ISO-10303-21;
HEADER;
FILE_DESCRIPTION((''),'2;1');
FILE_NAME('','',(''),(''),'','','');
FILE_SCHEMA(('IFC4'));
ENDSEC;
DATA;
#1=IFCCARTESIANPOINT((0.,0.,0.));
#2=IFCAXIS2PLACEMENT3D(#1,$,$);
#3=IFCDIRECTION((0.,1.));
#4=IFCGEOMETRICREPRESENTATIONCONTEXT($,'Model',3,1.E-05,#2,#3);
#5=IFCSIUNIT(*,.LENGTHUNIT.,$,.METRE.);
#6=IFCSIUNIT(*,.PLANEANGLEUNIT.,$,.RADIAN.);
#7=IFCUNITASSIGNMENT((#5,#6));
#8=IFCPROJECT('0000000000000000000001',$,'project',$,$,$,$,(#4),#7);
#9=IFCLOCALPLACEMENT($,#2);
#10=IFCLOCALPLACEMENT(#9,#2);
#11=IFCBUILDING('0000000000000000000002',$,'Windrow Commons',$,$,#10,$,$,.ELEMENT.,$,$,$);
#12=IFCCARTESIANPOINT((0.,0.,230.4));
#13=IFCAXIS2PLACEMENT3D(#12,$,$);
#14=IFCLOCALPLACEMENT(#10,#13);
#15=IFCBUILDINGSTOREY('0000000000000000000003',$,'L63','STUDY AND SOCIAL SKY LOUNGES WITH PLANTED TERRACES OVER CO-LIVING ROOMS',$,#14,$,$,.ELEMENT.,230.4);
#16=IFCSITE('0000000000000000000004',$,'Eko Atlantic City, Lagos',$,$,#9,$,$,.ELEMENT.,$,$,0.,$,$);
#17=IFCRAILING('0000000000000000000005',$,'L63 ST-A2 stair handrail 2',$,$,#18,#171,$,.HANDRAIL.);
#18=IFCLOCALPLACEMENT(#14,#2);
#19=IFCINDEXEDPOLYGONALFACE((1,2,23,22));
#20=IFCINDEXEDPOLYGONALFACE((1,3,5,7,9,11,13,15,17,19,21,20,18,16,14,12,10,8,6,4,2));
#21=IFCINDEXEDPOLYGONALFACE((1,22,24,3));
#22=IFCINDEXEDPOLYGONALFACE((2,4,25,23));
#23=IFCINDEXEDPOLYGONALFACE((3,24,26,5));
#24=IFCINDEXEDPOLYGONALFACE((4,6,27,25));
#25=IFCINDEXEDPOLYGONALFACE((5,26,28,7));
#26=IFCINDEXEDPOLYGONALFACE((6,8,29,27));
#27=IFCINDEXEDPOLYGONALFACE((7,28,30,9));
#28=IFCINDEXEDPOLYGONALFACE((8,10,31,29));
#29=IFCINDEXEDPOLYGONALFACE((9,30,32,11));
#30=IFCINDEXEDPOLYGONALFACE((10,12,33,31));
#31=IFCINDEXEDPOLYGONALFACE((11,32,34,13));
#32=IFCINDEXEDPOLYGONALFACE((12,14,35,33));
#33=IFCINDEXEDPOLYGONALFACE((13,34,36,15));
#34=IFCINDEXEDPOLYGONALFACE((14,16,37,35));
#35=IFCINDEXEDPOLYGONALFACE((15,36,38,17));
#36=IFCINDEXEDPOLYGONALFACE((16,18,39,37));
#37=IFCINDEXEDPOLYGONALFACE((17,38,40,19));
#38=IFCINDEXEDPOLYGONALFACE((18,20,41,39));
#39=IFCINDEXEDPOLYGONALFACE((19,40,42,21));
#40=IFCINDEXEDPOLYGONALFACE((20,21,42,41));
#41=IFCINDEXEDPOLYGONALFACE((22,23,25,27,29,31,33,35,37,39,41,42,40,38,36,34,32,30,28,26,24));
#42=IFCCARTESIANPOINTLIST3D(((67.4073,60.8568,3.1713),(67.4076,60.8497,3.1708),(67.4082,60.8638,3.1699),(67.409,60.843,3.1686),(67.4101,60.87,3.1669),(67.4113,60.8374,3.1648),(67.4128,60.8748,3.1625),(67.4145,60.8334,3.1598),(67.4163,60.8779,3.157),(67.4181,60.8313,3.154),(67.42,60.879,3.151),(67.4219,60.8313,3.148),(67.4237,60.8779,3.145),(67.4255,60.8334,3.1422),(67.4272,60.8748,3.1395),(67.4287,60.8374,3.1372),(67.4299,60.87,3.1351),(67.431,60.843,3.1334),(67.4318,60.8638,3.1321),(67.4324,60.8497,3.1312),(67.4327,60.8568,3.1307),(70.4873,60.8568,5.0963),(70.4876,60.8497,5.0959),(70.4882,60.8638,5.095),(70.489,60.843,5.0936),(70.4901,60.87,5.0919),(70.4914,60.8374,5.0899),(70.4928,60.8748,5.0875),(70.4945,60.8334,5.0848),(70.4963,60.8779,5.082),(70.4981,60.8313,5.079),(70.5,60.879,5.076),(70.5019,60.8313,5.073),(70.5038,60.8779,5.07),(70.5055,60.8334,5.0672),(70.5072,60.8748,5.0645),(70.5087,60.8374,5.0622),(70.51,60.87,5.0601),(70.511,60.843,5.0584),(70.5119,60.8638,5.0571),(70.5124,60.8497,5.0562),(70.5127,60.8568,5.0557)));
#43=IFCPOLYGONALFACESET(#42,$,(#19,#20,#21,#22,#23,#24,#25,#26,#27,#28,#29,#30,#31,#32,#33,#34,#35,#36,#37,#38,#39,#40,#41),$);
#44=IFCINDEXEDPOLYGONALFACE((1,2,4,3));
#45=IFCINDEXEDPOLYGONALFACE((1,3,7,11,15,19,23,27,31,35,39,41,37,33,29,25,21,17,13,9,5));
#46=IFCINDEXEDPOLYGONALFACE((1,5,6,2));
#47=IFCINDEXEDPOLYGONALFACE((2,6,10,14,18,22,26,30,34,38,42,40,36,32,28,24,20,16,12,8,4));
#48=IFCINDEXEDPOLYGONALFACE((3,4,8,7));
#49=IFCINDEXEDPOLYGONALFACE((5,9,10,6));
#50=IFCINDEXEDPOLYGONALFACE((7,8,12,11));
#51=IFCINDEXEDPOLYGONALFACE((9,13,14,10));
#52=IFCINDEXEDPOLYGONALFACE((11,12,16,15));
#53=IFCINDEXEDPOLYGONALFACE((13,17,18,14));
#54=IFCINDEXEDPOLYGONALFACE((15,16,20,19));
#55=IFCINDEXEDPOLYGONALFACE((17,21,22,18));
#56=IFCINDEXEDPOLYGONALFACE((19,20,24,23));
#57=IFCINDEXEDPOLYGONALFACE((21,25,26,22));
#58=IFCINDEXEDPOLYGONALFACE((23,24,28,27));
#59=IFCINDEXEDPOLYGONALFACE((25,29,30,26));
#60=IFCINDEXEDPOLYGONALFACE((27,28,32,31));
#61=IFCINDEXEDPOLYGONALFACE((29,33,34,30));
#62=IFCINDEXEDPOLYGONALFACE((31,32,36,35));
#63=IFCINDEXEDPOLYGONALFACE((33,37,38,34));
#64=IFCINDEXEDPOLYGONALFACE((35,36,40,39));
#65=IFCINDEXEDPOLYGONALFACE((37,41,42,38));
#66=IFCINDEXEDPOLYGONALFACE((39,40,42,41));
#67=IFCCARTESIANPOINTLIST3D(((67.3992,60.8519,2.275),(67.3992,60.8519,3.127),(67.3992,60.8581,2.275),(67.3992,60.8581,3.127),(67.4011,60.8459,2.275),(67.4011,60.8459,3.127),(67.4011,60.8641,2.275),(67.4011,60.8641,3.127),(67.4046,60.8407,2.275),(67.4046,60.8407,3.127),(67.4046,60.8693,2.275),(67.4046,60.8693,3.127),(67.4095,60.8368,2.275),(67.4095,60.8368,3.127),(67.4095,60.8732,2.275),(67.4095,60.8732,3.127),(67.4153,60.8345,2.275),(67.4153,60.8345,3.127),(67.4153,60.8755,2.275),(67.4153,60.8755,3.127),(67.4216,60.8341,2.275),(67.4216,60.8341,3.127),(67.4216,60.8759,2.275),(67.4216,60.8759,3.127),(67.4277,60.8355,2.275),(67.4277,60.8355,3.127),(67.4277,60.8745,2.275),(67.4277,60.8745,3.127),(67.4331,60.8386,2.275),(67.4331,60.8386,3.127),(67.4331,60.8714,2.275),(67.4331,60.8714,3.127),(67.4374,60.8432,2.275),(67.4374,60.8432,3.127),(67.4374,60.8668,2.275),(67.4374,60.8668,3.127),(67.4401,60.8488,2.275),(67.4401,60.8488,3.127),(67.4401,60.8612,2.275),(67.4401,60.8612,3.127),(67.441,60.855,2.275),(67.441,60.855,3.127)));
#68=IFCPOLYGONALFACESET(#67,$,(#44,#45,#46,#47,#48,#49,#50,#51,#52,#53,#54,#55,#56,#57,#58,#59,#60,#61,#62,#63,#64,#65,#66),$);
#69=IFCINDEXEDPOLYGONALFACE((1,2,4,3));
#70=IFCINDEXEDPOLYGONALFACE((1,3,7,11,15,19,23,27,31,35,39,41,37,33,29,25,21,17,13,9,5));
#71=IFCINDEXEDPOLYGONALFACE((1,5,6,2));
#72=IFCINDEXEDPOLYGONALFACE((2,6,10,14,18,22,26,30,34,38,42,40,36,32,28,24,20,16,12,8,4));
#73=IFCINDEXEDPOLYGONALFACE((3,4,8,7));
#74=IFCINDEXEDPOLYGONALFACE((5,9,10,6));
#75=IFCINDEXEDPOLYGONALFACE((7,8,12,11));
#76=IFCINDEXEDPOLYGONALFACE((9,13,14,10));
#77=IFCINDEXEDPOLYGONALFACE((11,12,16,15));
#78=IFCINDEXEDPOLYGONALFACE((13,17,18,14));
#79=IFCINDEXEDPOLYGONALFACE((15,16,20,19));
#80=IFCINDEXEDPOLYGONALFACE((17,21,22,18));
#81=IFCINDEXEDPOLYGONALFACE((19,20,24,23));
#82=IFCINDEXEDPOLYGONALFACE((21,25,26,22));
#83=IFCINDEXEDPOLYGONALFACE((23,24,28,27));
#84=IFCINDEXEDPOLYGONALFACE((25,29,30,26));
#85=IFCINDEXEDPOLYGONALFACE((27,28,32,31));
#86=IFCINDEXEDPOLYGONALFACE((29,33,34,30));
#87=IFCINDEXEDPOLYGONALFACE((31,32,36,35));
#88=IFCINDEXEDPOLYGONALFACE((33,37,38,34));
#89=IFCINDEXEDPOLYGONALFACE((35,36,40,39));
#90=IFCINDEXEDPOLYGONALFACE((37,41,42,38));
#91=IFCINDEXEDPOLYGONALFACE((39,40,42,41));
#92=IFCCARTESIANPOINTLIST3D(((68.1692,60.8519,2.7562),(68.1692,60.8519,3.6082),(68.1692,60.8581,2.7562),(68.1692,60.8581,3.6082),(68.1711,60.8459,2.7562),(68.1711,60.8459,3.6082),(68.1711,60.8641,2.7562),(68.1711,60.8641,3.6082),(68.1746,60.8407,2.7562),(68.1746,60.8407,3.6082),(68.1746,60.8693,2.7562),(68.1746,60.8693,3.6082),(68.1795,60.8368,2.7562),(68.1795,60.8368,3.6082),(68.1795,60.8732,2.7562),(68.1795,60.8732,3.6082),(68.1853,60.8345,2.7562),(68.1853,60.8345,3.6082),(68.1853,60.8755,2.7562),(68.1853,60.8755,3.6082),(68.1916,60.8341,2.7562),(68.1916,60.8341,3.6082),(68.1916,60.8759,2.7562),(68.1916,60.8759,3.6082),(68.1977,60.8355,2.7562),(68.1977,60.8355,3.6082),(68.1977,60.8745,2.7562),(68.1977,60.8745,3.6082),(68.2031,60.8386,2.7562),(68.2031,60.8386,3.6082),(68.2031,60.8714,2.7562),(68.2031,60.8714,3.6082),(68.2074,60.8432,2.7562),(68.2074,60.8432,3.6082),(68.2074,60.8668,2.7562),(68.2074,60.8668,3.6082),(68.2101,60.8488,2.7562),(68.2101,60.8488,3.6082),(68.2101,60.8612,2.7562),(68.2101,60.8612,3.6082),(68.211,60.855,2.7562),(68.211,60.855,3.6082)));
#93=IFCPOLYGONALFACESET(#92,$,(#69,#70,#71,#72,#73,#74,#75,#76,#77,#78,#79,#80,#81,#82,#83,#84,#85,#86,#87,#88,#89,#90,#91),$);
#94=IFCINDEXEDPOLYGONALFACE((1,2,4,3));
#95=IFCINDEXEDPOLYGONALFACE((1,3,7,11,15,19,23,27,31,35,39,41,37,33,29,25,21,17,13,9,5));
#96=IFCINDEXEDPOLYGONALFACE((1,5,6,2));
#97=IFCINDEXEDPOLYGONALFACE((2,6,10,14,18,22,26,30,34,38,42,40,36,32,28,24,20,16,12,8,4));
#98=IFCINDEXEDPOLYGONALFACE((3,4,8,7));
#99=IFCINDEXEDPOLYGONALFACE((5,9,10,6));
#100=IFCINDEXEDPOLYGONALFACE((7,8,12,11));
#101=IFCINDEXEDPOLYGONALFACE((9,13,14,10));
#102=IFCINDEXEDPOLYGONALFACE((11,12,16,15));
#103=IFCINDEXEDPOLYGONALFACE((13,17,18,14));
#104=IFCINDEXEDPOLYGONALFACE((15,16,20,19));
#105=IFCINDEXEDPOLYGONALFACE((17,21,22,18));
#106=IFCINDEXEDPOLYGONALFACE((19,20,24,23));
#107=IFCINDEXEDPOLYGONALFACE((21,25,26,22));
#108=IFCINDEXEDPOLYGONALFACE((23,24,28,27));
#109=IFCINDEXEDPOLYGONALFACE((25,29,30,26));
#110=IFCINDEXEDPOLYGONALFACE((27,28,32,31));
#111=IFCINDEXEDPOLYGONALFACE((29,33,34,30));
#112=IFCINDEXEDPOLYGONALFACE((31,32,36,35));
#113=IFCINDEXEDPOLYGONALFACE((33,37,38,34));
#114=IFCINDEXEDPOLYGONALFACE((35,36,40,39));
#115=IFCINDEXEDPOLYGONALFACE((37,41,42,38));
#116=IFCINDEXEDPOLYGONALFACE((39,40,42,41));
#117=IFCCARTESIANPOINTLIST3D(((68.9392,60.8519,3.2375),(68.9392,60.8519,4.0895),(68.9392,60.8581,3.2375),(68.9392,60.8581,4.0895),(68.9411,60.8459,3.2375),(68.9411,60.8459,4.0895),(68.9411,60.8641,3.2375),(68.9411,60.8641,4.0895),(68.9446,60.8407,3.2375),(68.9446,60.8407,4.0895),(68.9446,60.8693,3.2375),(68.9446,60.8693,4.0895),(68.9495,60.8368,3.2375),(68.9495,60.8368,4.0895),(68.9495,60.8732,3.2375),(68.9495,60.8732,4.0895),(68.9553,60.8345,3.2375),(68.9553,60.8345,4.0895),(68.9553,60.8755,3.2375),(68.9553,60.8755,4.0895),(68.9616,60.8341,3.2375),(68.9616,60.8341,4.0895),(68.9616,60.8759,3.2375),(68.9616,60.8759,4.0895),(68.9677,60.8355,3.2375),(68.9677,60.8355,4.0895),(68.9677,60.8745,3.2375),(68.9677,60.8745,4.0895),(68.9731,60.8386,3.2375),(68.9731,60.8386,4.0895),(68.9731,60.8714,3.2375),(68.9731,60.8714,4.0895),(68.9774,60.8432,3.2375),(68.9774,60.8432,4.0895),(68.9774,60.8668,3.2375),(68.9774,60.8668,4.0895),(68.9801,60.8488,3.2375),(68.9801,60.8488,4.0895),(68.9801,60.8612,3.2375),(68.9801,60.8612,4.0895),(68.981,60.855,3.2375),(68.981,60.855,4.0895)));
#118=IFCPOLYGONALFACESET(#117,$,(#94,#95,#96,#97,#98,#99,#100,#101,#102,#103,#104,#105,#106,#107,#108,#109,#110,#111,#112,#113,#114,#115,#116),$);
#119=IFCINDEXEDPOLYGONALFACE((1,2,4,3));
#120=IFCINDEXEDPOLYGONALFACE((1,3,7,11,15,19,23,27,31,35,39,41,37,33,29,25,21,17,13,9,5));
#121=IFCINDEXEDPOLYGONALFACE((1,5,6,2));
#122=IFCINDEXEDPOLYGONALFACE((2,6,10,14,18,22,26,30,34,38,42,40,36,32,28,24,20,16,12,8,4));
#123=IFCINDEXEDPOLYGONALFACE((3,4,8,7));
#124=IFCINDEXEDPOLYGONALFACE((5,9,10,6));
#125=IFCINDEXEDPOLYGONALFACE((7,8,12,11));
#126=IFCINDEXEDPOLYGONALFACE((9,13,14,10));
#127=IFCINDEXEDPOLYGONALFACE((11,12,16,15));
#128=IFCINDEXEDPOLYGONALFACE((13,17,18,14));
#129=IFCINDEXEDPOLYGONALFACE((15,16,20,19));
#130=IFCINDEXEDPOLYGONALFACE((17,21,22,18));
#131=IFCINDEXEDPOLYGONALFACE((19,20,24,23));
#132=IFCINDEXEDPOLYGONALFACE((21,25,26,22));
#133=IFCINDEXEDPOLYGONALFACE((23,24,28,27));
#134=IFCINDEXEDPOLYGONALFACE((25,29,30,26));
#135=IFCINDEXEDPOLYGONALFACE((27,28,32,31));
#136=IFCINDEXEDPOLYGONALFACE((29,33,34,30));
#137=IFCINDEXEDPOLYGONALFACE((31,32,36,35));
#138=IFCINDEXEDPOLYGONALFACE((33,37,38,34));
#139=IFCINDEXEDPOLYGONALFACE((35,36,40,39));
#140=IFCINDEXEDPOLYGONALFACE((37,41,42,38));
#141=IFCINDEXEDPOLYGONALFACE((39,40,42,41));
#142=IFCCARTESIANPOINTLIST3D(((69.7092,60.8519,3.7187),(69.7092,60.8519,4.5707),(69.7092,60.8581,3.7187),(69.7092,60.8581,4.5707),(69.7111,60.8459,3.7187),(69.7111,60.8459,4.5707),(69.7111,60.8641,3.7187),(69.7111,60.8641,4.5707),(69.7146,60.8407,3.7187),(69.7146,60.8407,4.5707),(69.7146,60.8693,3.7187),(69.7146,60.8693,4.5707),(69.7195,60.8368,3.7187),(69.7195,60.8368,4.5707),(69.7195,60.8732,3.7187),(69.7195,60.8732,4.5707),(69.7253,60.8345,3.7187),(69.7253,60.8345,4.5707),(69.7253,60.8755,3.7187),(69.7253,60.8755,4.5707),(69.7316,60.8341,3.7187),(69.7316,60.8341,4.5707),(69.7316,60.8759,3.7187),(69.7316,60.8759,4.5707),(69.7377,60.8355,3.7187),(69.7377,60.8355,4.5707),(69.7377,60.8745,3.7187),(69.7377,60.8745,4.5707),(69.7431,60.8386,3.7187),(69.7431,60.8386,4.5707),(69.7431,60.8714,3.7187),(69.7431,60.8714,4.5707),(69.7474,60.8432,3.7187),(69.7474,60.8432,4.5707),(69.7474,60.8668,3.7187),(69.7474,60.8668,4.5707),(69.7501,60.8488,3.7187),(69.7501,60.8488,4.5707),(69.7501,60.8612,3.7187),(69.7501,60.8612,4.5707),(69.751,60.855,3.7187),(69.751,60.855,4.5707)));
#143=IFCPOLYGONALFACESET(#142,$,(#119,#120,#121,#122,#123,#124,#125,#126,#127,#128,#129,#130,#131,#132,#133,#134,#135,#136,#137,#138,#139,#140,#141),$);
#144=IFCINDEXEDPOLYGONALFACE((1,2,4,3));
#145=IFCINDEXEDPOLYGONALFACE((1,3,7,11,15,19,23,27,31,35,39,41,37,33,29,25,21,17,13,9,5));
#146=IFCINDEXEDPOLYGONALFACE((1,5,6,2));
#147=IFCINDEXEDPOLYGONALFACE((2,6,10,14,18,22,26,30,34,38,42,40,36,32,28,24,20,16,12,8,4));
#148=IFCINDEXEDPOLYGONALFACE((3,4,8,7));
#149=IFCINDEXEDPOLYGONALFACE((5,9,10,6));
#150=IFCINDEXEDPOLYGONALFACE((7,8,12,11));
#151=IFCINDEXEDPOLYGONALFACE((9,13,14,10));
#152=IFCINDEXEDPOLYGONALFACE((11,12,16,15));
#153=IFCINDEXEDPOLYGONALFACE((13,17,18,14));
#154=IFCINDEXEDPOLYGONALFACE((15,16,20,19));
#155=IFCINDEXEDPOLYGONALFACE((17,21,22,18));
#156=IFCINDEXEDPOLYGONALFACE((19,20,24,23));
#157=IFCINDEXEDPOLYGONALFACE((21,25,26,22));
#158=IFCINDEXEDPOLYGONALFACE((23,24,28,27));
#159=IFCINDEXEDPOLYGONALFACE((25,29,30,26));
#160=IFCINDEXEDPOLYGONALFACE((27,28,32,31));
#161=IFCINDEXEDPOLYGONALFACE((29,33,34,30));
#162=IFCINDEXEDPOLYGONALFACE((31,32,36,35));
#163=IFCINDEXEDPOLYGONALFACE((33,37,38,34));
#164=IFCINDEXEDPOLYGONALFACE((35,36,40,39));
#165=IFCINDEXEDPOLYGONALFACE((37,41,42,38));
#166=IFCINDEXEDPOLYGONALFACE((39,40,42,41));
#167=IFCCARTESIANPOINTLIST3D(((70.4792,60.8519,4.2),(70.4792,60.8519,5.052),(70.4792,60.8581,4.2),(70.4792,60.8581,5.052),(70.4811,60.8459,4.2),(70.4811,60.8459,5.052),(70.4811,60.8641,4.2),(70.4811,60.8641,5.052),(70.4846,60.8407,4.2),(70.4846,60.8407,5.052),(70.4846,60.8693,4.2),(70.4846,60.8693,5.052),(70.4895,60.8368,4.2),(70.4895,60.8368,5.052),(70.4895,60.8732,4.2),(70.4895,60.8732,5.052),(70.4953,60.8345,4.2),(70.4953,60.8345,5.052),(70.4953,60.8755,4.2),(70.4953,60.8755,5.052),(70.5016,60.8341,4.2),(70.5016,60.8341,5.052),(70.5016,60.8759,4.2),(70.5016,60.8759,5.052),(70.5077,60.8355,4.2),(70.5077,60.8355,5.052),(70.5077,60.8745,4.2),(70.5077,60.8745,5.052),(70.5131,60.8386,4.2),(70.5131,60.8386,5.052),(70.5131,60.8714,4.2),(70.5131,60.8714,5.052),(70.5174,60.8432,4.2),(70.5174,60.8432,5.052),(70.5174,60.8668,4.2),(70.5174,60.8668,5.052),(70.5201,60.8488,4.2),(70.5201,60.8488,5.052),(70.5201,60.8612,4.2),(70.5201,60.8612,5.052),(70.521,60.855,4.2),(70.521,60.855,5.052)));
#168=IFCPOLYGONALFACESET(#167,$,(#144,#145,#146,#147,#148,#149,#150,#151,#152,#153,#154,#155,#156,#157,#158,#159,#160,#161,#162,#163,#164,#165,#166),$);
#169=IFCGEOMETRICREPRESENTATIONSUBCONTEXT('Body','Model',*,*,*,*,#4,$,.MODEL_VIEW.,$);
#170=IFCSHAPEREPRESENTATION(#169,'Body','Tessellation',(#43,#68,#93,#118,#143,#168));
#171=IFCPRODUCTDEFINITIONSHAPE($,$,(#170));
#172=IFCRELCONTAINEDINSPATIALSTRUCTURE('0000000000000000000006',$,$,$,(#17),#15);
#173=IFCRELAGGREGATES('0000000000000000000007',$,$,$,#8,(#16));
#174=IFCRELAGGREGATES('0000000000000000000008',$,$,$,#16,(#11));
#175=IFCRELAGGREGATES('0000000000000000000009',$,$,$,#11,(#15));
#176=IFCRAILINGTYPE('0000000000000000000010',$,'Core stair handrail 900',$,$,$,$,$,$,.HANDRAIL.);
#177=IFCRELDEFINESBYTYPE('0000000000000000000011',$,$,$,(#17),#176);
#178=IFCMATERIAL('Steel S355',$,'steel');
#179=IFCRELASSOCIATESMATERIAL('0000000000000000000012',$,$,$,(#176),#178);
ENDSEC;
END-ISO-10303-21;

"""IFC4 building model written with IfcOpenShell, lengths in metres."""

from ifc_helpers import new_model, si_unit, direction, frame, origin, origin_2d, place, context, subcontext, project, spatial, circle, extrude, material, type_object, element, save


model = new_model("IFC4")

# Units and contexts
model_context = context("Model", 3, precision=1e-05, world=origin(), true_north=direction((0.0, 1.0)))
body_context = subcontext(model_context, "Body", "Model", "MODEL_VIEW")
ifc_project = project(units=[si_unit("LENGTHUNIT", "METRE"), si_unit("PLANEANGLEUNIT", "RADIAN")], contexts=[model_context])

# Site, building, storey
site_placement = place(None, origin())
site = spatial("IfcSite", under=ifc_project, at=site_placement, Name="Eko Atlantic City, Lagos", CompositionType="ELEMENT", RefElevation=0.0)
building_placement = place(site_placement, origin())
building = spatial("IfcBuilding", under=site, at=building_placement, Name="Windrow Commons", CompositionType="ELEMENT")
storey_placement = place(building_placement, frame((0.0, 0.0, 230.4)))
storey = spatial("IfcBuildingStorey", under=building, at=storey_placement, Name="L63", Description="STUDY AND SOCIAL SKY LOUNGES WITH PLANTED TERRACES OVER CO-LIVING ROOMS", CompositionType="ELEMENT", Elevation=230.4)

# Railing
ifc_material_1 = material(Name="Steel S355", Category="steel")
railing_type_1 = type_object("IfcRailingType", Name="Core stair handrail 900", PredefinedType="HANDRAIL", material=ifc_material_1)
railing_1_placement = place(storey_placement, frame((67.42, 60.855, 2.275)))
element("IfcRailing", 1, at=railing_1_placement, inside=storey, type_object=railing_type_1, Name="L63 ST-A2 stair handrail 2", PredefinedType="HANDRAIL", context=body_context, shape_type="SweptSolid", body=[
    extrude(circle(Radius=0.024, at=origin_2d()), frame((0.0, 0.0, 0.876), z_axis=(0.847998, 0.0, 0.529999), x_axis=(0.0, 1.0, 0.0)), (0.0, 0.0, 1.0), 3.6321),
    extrude(circle(Radius=0.021, at=origin_2d()), origin(), (0.0, 0.0, 1.0), 0.852),
    extrude(circle(Radius=0.021, at=origin_2d()), frame((0.77, 0.0, 0.4812)), (0.0, 0.0, 1.0), 0.852),
    extrude(circle(Radius=0.021, at=origin_2d()), frame((1.54, 0.0, 0.9625)), (0.0, 0.0, 1.0), 0.852),
    extrude(circle(Radius=0.021, at=origin_2d()), frame((2.31, 0.0, 1.4437)), (0.0, 0.0, 1.0), 0.852),
    extrude(circle(Radius=0.021, at=origin_2d()), frame((3.08, 0.0, 1.925)), (0.0, 0.0, 1.0), 0.852),
])

save(model, "model.ifc")
